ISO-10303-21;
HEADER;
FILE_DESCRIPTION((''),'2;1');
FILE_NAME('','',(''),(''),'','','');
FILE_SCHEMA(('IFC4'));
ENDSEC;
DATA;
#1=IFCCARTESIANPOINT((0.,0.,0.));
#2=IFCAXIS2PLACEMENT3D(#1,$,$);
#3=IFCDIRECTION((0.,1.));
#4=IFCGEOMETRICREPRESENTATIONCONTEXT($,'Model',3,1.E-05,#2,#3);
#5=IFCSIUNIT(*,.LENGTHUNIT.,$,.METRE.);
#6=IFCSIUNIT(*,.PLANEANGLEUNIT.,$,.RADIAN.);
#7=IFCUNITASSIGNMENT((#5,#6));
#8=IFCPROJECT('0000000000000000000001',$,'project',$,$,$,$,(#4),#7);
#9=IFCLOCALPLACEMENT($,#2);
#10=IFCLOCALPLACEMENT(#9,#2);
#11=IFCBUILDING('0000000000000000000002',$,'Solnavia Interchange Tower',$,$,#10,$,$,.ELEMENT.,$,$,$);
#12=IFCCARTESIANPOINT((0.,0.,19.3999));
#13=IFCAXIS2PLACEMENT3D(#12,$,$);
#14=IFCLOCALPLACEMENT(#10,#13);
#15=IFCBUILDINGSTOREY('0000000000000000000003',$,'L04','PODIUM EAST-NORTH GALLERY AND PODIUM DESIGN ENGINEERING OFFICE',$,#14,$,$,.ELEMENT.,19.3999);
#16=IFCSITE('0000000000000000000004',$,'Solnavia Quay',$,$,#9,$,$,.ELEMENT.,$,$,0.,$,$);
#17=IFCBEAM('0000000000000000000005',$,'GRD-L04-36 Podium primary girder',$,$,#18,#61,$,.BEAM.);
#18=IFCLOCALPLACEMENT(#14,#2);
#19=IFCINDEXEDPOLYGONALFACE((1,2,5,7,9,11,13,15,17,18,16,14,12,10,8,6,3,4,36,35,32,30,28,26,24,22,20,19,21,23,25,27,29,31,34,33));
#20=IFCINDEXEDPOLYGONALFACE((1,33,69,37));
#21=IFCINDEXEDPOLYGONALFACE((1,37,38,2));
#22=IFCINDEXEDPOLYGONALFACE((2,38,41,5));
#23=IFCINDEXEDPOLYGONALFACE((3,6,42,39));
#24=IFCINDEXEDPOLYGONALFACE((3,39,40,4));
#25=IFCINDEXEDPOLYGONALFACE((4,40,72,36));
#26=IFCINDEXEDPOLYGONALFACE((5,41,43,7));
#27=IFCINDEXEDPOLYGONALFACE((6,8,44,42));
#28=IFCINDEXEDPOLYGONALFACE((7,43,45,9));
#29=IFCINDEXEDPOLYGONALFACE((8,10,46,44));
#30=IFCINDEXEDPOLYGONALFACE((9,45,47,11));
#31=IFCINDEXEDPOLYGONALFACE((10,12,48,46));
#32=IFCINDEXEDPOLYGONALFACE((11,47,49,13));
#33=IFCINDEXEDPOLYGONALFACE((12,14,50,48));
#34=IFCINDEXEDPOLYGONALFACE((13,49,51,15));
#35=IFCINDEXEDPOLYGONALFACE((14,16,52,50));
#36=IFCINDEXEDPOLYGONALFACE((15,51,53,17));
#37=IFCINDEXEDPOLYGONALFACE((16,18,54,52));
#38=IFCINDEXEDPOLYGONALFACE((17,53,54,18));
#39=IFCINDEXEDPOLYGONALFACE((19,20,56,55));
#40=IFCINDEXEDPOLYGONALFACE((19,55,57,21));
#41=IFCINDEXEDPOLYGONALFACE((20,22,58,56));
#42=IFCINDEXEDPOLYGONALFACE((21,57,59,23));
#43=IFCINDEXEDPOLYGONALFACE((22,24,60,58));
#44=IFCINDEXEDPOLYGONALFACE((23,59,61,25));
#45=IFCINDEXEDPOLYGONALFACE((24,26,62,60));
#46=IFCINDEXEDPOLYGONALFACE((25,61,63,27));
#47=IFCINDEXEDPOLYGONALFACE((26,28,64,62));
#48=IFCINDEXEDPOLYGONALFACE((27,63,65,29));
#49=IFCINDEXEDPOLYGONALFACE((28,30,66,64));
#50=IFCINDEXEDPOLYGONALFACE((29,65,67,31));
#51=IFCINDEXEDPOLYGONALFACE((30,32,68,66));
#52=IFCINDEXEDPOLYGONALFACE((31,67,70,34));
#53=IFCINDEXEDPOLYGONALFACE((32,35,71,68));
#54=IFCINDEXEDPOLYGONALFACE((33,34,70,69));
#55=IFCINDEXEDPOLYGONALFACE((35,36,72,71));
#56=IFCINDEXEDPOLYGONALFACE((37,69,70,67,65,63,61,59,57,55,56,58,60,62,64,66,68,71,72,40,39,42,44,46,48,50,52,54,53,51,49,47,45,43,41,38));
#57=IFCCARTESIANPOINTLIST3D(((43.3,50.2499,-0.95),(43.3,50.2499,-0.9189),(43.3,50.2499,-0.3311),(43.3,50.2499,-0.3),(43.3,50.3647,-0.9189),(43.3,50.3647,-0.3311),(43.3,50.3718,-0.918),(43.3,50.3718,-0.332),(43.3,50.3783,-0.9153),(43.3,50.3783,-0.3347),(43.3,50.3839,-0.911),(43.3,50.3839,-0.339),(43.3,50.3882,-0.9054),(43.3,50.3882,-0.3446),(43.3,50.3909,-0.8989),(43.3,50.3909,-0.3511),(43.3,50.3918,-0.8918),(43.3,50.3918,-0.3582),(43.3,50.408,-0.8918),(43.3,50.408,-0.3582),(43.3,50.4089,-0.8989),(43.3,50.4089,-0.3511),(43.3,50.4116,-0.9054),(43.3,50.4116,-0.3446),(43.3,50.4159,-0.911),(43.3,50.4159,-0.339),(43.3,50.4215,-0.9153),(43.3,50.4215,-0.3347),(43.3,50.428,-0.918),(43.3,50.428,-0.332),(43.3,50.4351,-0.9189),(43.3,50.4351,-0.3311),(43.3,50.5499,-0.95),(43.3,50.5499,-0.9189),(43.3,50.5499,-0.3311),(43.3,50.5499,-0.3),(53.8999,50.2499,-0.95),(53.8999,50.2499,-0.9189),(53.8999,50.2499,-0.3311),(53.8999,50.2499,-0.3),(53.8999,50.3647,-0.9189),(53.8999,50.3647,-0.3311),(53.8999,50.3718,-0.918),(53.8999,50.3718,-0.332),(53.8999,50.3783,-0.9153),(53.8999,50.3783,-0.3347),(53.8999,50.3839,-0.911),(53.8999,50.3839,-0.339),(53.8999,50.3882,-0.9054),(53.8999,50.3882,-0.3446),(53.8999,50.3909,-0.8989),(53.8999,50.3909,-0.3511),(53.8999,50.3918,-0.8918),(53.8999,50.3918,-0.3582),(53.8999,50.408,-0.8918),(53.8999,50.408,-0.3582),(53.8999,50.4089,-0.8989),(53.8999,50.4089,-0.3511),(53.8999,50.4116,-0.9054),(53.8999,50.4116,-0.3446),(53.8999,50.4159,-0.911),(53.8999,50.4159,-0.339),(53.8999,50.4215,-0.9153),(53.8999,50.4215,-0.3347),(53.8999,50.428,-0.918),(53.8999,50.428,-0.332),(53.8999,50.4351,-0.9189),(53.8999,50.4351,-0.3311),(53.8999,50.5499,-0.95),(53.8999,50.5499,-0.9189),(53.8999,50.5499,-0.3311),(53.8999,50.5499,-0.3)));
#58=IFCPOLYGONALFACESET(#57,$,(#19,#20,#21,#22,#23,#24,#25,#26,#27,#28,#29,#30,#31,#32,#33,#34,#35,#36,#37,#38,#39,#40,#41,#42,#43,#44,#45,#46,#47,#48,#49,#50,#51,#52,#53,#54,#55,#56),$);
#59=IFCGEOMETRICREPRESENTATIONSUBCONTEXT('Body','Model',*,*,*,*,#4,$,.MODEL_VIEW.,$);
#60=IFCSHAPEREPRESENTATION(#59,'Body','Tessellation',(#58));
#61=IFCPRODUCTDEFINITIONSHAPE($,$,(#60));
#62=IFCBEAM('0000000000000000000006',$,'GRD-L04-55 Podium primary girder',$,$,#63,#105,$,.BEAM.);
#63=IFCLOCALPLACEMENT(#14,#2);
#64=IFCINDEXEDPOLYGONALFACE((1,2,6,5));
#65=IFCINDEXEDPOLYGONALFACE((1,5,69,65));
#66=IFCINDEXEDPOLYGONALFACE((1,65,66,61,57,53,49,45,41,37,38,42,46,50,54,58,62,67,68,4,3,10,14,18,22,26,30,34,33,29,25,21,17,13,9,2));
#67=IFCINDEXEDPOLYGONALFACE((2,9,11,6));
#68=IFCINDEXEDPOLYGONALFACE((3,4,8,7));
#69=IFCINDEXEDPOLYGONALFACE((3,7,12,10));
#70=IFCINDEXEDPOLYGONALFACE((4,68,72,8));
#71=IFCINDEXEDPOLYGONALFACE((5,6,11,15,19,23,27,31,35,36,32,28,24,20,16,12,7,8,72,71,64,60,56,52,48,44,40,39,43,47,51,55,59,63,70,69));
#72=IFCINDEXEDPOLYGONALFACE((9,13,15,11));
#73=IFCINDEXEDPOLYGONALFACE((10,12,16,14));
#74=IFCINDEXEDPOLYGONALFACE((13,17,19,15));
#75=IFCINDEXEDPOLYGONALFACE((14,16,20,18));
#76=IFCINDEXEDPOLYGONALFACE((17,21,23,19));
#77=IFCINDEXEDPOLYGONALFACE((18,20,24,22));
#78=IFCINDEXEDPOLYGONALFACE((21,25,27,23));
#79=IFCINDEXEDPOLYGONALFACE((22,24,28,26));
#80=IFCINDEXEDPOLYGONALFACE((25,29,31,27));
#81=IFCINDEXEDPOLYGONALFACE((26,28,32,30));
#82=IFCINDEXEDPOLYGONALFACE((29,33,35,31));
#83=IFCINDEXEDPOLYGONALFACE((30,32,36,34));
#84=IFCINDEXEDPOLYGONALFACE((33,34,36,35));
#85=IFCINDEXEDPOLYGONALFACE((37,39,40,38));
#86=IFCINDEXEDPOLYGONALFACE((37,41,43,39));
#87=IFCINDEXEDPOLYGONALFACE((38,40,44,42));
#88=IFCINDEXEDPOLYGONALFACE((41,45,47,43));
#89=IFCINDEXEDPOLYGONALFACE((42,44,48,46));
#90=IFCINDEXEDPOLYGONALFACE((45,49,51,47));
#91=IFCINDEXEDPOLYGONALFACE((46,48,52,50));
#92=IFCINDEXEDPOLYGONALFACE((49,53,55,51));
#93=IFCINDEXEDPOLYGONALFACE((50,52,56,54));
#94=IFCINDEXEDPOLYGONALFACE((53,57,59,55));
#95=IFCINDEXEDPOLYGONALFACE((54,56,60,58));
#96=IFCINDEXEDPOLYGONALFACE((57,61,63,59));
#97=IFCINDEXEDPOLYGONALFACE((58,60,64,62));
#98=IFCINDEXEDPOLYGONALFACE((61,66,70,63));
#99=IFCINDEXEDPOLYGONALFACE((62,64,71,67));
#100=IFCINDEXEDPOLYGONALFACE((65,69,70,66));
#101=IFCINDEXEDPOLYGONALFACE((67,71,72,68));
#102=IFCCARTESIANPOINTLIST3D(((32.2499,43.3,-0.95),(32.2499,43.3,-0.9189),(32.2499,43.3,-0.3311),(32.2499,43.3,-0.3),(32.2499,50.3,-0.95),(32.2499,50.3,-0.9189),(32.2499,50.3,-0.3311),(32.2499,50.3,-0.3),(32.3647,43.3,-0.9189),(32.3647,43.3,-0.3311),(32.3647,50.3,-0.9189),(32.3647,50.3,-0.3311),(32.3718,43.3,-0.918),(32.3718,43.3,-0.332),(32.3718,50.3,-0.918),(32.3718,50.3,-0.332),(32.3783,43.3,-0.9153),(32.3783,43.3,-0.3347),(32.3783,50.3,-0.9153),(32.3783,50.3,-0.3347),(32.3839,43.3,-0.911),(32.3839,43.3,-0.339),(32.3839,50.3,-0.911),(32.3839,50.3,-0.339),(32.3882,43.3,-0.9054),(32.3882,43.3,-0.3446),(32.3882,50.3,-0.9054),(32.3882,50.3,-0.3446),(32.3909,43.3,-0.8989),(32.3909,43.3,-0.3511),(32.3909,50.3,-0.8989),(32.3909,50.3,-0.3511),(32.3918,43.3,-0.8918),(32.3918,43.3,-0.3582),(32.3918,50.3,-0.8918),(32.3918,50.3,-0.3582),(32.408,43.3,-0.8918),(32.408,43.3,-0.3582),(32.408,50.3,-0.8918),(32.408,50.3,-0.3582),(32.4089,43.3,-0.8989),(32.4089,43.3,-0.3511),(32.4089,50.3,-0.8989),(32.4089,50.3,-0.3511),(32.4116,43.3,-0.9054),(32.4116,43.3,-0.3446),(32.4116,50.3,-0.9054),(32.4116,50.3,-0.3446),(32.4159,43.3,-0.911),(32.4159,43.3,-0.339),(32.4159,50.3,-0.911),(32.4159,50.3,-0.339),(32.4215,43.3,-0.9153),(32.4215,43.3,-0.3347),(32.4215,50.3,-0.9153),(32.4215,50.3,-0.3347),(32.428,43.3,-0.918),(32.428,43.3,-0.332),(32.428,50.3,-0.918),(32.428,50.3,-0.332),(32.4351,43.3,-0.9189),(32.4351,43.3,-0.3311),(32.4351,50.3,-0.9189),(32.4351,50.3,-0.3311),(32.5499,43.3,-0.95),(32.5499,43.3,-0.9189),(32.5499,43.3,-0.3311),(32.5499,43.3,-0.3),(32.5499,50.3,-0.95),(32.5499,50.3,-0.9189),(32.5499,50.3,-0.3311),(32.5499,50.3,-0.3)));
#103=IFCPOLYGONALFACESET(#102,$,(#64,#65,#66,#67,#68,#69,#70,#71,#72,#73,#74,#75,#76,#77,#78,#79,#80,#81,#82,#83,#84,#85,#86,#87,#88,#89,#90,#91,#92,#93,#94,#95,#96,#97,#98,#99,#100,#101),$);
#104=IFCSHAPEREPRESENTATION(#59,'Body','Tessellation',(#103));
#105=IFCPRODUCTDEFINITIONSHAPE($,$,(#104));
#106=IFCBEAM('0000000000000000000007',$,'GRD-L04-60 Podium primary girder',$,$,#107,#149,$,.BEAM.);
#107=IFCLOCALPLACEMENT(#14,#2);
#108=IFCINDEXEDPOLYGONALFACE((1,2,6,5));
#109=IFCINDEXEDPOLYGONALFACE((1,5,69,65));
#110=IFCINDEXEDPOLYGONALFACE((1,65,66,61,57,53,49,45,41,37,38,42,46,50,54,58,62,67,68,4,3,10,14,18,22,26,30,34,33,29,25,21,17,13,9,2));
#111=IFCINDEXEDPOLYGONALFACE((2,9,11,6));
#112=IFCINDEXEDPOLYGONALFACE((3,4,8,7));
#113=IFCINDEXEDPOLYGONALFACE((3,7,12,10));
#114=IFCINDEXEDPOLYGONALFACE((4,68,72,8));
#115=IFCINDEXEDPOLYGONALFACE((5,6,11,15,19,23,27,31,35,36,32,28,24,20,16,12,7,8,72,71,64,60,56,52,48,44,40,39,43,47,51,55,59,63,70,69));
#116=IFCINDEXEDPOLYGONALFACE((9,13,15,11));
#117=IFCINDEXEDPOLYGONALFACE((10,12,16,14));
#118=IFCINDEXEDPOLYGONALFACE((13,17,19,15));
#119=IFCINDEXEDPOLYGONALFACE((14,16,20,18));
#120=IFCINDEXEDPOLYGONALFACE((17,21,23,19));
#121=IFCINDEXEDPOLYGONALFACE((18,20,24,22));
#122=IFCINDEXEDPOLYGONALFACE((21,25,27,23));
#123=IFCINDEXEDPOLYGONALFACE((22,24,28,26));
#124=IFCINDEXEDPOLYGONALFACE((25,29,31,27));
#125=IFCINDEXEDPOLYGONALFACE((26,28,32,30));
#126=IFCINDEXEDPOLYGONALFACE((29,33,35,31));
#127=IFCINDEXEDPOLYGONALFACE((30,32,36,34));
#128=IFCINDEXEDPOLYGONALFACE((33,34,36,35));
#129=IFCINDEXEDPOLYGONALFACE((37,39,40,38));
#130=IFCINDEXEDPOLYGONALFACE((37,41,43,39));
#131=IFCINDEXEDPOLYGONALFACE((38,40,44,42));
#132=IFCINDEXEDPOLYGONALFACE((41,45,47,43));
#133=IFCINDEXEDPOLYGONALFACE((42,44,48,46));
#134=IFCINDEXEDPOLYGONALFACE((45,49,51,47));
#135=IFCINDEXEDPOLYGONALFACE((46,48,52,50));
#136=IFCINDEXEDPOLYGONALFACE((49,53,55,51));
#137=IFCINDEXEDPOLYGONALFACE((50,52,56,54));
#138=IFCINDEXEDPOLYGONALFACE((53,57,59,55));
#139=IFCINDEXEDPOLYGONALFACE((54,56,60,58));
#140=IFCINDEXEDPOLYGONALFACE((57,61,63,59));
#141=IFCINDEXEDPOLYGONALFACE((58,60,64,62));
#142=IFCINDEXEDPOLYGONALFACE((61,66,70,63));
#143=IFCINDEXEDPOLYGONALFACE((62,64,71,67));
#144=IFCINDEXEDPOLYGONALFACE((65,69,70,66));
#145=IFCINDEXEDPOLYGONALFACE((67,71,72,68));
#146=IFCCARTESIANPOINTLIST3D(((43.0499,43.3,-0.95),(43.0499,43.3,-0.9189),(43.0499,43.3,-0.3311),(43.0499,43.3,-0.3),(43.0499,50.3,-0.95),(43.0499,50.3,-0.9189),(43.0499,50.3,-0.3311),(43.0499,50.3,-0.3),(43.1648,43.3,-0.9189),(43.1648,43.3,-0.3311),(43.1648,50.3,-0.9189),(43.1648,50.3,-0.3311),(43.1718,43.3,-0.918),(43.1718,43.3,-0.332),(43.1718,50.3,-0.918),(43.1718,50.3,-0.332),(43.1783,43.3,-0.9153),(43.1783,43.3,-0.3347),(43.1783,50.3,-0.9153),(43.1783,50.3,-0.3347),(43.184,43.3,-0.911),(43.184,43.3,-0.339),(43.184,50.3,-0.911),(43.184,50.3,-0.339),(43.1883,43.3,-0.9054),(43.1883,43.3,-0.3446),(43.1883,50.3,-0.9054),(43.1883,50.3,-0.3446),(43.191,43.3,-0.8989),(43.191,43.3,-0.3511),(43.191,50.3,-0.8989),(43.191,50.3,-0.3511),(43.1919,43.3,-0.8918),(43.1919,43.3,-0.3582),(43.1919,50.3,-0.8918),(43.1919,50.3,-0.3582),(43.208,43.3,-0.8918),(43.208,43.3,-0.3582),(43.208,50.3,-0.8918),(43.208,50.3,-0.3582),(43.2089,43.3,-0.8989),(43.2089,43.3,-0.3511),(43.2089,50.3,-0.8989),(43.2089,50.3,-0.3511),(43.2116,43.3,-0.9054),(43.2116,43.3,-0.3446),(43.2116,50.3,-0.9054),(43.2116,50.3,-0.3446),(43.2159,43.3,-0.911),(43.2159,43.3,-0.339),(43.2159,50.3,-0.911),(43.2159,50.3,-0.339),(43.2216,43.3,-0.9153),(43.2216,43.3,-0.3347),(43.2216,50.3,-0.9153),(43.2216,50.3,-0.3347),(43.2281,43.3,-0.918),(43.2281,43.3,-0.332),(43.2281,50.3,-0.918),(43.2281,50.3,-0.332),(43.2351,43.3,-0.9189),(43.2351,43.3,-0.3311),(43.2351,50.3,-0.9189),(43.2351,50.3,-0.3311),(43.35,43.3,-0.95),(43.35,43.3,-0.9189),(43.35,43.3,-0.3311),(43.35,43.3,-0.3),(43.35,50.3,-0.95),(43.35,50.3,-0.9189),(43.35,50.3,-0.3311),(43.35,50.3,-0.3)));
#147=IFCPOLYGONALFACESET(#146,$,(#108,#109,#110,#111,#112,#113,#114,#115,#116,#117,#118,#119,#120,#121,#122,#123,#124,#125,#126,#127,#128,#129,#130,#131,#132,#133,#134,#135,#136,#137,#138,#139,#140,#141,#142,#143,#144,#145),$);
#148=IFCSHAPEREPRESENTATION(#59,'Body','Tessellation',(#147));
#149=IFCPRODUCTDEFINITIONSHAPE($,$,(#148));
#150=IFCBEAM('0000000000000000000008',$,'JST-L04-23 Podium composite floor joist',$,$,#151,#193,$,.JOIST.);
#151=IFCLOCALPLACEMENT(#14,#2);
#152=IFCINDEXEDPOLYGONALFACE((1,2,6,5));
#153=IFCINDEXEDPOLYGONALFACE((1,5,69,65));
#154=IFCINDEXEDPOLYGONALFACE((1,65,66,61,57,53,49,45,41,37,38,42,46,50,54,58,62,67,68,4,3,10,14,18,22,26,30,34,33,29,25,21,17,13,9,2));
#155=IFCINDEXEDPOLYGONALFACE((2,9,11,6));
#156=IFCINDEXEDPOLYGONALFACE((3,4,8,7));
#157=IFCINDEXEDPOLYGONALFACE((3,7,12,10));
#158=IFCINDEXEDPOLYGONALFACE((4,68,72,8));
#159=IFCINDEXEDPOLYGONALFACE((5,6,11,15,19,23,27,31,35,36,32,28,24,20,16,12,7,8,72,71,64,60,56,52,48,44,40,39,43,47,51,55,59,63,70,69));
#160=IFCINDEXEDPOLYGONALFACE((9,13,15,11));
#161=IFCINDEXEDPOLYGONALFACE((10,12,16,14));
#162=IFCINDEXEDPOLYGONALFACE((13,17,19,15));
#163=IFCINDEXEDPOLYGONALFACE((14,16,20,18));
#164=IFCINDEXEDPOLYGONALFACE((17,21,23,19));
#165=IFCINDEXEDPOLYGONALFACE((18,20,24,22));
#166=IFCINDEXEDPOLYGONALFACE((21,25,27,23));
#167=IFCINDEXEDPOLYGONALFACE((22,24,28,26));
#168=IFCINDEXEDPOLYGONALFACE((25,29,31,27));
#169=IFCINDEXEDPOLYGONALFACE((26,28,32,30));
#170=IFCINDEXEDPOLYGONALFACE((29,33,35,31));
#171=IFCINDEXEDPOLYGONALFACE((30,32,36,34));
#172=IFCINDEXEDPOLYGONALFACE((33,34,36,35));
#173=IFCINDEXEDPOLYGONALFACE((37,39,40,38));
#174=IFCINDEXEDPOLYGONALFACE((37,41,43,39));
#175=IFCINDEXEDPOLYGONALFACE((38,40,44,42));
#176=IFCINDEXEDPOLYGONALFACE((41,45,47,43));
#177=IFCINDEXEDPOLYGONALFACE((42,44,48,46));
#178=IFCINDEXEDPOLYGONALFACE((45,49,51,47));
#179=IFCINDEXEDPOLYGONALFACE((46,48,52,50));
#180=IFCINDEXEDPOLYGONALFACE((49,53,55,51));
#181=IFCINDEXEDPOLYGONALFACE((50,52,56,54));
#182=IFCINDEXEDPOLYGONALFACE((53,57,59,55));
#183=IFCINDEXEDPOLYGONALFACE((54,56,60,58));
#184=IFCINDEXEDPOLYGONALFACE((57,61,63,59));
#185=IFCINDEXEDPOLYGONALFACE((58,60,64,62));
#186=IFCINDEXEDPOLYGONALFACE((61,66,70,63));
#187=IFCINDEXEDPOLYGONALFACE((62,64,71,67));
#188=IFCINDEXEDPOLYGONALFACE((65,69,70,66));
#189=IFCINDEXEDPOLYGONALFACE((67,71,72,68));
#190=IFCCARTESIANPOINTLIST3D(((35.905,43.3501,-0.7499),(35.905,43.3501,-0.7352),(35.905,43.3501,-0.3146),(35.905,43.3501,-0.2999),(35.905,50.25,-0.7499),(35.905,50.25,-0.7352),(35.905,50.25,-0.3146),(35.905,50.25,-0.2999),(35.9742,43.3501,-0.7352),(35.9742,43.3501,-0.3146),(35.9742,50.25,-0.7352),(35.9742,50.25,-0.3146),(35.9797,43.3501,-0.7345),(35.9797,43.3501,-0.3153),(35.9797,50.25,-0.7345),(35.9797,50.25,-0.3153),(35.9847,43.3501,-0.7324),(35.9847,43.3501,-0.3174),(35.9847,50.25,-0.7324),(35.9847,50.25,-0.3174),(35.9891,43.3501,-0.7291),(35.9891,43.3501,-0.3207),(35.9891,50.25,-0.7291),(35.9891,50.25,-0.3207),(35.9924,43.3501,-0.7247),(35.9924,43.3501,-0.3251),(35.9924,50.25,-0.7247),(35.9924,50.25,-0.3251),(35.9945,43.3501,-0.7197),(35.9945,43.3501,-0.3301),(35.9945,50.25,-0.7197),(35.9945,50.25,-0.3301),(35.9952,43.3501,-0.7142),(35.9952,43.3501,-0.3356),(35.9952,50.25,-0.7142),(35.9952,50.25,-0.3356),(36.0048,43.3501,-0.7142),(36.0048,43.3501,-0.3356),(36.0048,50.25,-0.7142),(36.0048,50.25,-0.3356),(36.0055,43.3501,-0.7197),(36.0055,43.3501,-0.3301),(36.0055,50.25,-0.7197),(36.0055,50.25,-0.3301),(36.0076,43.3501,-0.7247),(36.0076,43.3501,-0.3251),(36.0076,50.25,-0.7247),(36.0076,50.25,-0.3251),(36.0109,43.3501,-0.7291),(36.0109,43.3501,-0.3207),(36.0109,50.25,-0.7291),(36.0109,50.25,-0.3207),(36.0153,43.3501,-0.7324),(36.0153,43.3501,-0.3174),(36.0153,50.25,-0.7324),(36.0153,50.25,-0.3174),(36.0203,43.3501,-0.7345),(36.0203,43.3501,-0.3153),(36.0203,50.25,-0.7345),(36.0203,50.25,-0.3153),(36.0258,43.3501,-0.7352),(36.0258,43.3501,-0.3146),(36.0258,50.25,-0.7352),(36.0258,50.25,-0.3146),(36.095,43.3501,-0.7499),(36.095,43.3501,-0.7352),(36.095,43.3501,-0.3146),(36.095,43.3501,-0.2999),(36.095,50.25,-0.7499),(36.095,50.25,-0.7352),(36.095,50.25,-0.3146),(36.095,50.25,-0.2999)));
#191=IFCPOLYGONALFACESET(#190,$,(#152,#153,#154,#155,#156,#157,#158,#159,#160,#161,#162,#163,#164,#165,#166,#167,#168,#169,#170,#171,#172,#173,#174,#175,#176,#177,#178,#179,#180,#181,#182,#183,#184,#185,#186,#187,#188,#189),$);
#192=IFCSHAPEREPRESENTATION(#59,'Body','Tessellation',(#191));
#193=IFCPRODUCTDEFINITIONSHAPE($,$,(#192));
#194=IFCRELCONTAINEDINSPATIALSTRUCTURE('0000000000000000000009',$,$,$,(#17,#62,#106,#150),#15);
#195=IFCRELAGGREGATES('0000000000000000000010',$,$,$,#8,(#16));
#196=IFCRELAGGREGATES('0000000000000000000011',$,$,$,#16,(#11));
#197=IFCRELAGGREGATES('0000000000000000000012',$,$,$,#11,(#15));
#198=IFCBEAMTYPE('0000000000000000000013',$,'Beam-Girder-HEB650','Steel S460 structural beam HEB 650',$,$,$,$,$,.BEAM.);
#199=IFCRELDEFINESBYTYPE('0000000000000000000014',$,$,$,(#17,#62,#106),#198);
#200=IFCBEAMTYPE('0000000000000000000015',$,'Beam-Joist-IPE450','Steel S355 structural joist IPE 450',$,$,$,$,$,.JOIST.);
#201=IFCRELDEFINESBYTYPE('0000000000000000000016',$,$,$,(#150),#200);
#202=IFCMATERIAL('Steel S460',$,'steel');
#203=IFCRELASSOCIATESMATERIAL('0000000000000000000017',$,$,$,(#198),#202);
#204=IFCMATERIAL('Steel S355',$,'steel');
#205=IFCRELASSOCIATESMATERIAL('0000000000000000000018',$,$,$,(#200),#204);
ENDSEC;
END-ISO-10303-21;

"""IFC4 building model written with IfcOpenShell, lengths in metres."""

from ifc_helpers import new_model, si_unit, direction, frame, origin, origin_2d, place, context, subcontext, project, spatial, i_section, extrude, material, material_profile, profile_set, type_object, element, save


model = new_model("IFC4")

# Units and contexts
model_context = context("Model", 3, precision=1e-05, world=origin(), true_north=direction((0.0, 1.0)))
body_context = subcontext(model_context, "Body", "Model", "MODEL_VIEW")
ifc_project = project(units=[si_unit("LENGTHUNIT", "METRE"), si_unit("PLANEANGLEUNIT", "RADIAN")], contexts=[model_context])

# Site, building, storey
site_placement = place(None, origin())
site = spatial("IfcSite", under=ifc_project, at=site_placement, Name="Solnavia Quay", CompositionType="ELEMENT", RefElevation=0.0)
building_placement = place(site_placement, origin())
building = spatial("IfcBuilding", under=site, at=building_placement, Name="Solnavia Interchange Tower", CompositionType="ELEMENT")
storey_placement = place(building_placement, frame((0.0, 0.0, 19.3999)))
storey = spatial("IfcBuildingStorey", under=building, at=storey_placement, Name="L04", Description="PODIUM EAST-NORTH GALLERY AND PODIUM DESIGN ENGINEERING OFFICE", CompositionType="ELEMENT", Elevation=19.3999)

# Beams
ifc_material_1 = material(Name="Steel S460", Category="steel")
ifc_material_profile_1 = material_profile(ifc_material_1, i_section(OverallWidth=0.3, OverallDepth=0.6499, WebThickness=0.0161, FlangeThickness=0.031, FilletRadius=0.0271, at=origin_2d()), Name="HEB 650")
ifc_profile_set_1 = profile_set([ifc_material_profile_1], Name="Steel S460")
beam_type_1 = type_object("IfcBeamType", Name="Beam-Girder-HEB650", Description="Steel S460 structural beam HEB 650", PredefinedType="BEAM", material=ifc_profile_set_1)
beam_1_placement = place(storey_placement, frame((43.3, 50.3999, -0.625), z_axis=(1.0, 0.0, 0.0), x_axis=(0.0, 1.0, 0.0)))
element("IfcBeam", 1, at=beam_1_placement, inside=storey, type_object=beam_type_1, Name="GRD-L04-36 Podium primary girder", PredefinedType="BEAM", context=body_context, shape_type="SweptSolid", body=[
    extrude(i_section(OverallWidth=0.3, OverallDepth=0.6499, WebThickness=0.0161, FlangeThickness=0.031, FilletRadius=0.0271, at=origin_2d()), origin(), (0.0, 0.0, 1.0), 10.5999),
])
for number, where, z_axis, x_axis, name in (
    (2, (32.3999, 43.3, -0.625), (0.0, 1.0, 0.0), (-1.0, 0.0, 0.0), "GRD-L04-55 Podium primary girder"),
    (3, (43.2, 43.3, -0.625), (0.0, 1.0, 0.0), (-1.0, 0.0, 0.0), "GRD-L04-60 Podium primary girder"),
):
    element("IfcBeam", number, at=place(storey_placement, frame(where, z_axis=z_axis, x_axis=x_axis)), inside=storey, type_object=beam_type_1, Name=name, PredefinedType="BEAM", context=body_context, shape_type="SweptSolid", body=[
        extrude(i_section(OverallWidth=0.3, OverallDepth=0.6499, WebThickness=0.0161, FlangeThickness=0.031, FilletRadius=0.0271, at=origin_2d()), origin(), (0.0, 0.0, 1.0), 7.0),
    ])
ifc_material_2 = material(Name="Steel S355", Category="steel")
ifc_material_profile_2 = material_profile(ifc_material_2, i_section(OverallWidth=0.1899, OverallDepth=0.45, WebThickness=0.0095, FlangeThickness=0.0146, FilletRadius=0.021, at=origin_2d()), Name="IPE 450")
ifc_profile_set_2 = profile_set([ifc_material_profile_2], Name="Steel S355")
beam_type_2 = type_object("IfcBeamType", Name="Beam-Joist-IPE450", Description="Steel S355 structural joist IPE 450", PredefinedType="JOIST", material=ifc_profile_set_2)
for number, where, z_axis, x_axis, name in (
    (4, (36.0, 43.3501, -0.5249), (0.0, 1.0, 0.0), (-1.0, 0.0, 0.0), "JST-L04-23 Podium composite floor joist"),
):
    element("IfcBeam", number, at=place(storey_placement, frame(where, z_axis=z_axis, x_axis=x_axis)), inside=storey, type_object=beam_type_2, Name=name, PredefinedType="JOIST", context=body_context, shape_type="SweptSolid", body=[
        extrude(i_section(OverallWidth=0.1899, OverallDepth=0.45, WebThickness=0.0095, FlangeThickness=0.0146, FilletRadius=0.021, at=origin_2d()), origin(), (0.0, 0.0, 1.0), 6.8999),
    ])

save(model, "model.ifc")
